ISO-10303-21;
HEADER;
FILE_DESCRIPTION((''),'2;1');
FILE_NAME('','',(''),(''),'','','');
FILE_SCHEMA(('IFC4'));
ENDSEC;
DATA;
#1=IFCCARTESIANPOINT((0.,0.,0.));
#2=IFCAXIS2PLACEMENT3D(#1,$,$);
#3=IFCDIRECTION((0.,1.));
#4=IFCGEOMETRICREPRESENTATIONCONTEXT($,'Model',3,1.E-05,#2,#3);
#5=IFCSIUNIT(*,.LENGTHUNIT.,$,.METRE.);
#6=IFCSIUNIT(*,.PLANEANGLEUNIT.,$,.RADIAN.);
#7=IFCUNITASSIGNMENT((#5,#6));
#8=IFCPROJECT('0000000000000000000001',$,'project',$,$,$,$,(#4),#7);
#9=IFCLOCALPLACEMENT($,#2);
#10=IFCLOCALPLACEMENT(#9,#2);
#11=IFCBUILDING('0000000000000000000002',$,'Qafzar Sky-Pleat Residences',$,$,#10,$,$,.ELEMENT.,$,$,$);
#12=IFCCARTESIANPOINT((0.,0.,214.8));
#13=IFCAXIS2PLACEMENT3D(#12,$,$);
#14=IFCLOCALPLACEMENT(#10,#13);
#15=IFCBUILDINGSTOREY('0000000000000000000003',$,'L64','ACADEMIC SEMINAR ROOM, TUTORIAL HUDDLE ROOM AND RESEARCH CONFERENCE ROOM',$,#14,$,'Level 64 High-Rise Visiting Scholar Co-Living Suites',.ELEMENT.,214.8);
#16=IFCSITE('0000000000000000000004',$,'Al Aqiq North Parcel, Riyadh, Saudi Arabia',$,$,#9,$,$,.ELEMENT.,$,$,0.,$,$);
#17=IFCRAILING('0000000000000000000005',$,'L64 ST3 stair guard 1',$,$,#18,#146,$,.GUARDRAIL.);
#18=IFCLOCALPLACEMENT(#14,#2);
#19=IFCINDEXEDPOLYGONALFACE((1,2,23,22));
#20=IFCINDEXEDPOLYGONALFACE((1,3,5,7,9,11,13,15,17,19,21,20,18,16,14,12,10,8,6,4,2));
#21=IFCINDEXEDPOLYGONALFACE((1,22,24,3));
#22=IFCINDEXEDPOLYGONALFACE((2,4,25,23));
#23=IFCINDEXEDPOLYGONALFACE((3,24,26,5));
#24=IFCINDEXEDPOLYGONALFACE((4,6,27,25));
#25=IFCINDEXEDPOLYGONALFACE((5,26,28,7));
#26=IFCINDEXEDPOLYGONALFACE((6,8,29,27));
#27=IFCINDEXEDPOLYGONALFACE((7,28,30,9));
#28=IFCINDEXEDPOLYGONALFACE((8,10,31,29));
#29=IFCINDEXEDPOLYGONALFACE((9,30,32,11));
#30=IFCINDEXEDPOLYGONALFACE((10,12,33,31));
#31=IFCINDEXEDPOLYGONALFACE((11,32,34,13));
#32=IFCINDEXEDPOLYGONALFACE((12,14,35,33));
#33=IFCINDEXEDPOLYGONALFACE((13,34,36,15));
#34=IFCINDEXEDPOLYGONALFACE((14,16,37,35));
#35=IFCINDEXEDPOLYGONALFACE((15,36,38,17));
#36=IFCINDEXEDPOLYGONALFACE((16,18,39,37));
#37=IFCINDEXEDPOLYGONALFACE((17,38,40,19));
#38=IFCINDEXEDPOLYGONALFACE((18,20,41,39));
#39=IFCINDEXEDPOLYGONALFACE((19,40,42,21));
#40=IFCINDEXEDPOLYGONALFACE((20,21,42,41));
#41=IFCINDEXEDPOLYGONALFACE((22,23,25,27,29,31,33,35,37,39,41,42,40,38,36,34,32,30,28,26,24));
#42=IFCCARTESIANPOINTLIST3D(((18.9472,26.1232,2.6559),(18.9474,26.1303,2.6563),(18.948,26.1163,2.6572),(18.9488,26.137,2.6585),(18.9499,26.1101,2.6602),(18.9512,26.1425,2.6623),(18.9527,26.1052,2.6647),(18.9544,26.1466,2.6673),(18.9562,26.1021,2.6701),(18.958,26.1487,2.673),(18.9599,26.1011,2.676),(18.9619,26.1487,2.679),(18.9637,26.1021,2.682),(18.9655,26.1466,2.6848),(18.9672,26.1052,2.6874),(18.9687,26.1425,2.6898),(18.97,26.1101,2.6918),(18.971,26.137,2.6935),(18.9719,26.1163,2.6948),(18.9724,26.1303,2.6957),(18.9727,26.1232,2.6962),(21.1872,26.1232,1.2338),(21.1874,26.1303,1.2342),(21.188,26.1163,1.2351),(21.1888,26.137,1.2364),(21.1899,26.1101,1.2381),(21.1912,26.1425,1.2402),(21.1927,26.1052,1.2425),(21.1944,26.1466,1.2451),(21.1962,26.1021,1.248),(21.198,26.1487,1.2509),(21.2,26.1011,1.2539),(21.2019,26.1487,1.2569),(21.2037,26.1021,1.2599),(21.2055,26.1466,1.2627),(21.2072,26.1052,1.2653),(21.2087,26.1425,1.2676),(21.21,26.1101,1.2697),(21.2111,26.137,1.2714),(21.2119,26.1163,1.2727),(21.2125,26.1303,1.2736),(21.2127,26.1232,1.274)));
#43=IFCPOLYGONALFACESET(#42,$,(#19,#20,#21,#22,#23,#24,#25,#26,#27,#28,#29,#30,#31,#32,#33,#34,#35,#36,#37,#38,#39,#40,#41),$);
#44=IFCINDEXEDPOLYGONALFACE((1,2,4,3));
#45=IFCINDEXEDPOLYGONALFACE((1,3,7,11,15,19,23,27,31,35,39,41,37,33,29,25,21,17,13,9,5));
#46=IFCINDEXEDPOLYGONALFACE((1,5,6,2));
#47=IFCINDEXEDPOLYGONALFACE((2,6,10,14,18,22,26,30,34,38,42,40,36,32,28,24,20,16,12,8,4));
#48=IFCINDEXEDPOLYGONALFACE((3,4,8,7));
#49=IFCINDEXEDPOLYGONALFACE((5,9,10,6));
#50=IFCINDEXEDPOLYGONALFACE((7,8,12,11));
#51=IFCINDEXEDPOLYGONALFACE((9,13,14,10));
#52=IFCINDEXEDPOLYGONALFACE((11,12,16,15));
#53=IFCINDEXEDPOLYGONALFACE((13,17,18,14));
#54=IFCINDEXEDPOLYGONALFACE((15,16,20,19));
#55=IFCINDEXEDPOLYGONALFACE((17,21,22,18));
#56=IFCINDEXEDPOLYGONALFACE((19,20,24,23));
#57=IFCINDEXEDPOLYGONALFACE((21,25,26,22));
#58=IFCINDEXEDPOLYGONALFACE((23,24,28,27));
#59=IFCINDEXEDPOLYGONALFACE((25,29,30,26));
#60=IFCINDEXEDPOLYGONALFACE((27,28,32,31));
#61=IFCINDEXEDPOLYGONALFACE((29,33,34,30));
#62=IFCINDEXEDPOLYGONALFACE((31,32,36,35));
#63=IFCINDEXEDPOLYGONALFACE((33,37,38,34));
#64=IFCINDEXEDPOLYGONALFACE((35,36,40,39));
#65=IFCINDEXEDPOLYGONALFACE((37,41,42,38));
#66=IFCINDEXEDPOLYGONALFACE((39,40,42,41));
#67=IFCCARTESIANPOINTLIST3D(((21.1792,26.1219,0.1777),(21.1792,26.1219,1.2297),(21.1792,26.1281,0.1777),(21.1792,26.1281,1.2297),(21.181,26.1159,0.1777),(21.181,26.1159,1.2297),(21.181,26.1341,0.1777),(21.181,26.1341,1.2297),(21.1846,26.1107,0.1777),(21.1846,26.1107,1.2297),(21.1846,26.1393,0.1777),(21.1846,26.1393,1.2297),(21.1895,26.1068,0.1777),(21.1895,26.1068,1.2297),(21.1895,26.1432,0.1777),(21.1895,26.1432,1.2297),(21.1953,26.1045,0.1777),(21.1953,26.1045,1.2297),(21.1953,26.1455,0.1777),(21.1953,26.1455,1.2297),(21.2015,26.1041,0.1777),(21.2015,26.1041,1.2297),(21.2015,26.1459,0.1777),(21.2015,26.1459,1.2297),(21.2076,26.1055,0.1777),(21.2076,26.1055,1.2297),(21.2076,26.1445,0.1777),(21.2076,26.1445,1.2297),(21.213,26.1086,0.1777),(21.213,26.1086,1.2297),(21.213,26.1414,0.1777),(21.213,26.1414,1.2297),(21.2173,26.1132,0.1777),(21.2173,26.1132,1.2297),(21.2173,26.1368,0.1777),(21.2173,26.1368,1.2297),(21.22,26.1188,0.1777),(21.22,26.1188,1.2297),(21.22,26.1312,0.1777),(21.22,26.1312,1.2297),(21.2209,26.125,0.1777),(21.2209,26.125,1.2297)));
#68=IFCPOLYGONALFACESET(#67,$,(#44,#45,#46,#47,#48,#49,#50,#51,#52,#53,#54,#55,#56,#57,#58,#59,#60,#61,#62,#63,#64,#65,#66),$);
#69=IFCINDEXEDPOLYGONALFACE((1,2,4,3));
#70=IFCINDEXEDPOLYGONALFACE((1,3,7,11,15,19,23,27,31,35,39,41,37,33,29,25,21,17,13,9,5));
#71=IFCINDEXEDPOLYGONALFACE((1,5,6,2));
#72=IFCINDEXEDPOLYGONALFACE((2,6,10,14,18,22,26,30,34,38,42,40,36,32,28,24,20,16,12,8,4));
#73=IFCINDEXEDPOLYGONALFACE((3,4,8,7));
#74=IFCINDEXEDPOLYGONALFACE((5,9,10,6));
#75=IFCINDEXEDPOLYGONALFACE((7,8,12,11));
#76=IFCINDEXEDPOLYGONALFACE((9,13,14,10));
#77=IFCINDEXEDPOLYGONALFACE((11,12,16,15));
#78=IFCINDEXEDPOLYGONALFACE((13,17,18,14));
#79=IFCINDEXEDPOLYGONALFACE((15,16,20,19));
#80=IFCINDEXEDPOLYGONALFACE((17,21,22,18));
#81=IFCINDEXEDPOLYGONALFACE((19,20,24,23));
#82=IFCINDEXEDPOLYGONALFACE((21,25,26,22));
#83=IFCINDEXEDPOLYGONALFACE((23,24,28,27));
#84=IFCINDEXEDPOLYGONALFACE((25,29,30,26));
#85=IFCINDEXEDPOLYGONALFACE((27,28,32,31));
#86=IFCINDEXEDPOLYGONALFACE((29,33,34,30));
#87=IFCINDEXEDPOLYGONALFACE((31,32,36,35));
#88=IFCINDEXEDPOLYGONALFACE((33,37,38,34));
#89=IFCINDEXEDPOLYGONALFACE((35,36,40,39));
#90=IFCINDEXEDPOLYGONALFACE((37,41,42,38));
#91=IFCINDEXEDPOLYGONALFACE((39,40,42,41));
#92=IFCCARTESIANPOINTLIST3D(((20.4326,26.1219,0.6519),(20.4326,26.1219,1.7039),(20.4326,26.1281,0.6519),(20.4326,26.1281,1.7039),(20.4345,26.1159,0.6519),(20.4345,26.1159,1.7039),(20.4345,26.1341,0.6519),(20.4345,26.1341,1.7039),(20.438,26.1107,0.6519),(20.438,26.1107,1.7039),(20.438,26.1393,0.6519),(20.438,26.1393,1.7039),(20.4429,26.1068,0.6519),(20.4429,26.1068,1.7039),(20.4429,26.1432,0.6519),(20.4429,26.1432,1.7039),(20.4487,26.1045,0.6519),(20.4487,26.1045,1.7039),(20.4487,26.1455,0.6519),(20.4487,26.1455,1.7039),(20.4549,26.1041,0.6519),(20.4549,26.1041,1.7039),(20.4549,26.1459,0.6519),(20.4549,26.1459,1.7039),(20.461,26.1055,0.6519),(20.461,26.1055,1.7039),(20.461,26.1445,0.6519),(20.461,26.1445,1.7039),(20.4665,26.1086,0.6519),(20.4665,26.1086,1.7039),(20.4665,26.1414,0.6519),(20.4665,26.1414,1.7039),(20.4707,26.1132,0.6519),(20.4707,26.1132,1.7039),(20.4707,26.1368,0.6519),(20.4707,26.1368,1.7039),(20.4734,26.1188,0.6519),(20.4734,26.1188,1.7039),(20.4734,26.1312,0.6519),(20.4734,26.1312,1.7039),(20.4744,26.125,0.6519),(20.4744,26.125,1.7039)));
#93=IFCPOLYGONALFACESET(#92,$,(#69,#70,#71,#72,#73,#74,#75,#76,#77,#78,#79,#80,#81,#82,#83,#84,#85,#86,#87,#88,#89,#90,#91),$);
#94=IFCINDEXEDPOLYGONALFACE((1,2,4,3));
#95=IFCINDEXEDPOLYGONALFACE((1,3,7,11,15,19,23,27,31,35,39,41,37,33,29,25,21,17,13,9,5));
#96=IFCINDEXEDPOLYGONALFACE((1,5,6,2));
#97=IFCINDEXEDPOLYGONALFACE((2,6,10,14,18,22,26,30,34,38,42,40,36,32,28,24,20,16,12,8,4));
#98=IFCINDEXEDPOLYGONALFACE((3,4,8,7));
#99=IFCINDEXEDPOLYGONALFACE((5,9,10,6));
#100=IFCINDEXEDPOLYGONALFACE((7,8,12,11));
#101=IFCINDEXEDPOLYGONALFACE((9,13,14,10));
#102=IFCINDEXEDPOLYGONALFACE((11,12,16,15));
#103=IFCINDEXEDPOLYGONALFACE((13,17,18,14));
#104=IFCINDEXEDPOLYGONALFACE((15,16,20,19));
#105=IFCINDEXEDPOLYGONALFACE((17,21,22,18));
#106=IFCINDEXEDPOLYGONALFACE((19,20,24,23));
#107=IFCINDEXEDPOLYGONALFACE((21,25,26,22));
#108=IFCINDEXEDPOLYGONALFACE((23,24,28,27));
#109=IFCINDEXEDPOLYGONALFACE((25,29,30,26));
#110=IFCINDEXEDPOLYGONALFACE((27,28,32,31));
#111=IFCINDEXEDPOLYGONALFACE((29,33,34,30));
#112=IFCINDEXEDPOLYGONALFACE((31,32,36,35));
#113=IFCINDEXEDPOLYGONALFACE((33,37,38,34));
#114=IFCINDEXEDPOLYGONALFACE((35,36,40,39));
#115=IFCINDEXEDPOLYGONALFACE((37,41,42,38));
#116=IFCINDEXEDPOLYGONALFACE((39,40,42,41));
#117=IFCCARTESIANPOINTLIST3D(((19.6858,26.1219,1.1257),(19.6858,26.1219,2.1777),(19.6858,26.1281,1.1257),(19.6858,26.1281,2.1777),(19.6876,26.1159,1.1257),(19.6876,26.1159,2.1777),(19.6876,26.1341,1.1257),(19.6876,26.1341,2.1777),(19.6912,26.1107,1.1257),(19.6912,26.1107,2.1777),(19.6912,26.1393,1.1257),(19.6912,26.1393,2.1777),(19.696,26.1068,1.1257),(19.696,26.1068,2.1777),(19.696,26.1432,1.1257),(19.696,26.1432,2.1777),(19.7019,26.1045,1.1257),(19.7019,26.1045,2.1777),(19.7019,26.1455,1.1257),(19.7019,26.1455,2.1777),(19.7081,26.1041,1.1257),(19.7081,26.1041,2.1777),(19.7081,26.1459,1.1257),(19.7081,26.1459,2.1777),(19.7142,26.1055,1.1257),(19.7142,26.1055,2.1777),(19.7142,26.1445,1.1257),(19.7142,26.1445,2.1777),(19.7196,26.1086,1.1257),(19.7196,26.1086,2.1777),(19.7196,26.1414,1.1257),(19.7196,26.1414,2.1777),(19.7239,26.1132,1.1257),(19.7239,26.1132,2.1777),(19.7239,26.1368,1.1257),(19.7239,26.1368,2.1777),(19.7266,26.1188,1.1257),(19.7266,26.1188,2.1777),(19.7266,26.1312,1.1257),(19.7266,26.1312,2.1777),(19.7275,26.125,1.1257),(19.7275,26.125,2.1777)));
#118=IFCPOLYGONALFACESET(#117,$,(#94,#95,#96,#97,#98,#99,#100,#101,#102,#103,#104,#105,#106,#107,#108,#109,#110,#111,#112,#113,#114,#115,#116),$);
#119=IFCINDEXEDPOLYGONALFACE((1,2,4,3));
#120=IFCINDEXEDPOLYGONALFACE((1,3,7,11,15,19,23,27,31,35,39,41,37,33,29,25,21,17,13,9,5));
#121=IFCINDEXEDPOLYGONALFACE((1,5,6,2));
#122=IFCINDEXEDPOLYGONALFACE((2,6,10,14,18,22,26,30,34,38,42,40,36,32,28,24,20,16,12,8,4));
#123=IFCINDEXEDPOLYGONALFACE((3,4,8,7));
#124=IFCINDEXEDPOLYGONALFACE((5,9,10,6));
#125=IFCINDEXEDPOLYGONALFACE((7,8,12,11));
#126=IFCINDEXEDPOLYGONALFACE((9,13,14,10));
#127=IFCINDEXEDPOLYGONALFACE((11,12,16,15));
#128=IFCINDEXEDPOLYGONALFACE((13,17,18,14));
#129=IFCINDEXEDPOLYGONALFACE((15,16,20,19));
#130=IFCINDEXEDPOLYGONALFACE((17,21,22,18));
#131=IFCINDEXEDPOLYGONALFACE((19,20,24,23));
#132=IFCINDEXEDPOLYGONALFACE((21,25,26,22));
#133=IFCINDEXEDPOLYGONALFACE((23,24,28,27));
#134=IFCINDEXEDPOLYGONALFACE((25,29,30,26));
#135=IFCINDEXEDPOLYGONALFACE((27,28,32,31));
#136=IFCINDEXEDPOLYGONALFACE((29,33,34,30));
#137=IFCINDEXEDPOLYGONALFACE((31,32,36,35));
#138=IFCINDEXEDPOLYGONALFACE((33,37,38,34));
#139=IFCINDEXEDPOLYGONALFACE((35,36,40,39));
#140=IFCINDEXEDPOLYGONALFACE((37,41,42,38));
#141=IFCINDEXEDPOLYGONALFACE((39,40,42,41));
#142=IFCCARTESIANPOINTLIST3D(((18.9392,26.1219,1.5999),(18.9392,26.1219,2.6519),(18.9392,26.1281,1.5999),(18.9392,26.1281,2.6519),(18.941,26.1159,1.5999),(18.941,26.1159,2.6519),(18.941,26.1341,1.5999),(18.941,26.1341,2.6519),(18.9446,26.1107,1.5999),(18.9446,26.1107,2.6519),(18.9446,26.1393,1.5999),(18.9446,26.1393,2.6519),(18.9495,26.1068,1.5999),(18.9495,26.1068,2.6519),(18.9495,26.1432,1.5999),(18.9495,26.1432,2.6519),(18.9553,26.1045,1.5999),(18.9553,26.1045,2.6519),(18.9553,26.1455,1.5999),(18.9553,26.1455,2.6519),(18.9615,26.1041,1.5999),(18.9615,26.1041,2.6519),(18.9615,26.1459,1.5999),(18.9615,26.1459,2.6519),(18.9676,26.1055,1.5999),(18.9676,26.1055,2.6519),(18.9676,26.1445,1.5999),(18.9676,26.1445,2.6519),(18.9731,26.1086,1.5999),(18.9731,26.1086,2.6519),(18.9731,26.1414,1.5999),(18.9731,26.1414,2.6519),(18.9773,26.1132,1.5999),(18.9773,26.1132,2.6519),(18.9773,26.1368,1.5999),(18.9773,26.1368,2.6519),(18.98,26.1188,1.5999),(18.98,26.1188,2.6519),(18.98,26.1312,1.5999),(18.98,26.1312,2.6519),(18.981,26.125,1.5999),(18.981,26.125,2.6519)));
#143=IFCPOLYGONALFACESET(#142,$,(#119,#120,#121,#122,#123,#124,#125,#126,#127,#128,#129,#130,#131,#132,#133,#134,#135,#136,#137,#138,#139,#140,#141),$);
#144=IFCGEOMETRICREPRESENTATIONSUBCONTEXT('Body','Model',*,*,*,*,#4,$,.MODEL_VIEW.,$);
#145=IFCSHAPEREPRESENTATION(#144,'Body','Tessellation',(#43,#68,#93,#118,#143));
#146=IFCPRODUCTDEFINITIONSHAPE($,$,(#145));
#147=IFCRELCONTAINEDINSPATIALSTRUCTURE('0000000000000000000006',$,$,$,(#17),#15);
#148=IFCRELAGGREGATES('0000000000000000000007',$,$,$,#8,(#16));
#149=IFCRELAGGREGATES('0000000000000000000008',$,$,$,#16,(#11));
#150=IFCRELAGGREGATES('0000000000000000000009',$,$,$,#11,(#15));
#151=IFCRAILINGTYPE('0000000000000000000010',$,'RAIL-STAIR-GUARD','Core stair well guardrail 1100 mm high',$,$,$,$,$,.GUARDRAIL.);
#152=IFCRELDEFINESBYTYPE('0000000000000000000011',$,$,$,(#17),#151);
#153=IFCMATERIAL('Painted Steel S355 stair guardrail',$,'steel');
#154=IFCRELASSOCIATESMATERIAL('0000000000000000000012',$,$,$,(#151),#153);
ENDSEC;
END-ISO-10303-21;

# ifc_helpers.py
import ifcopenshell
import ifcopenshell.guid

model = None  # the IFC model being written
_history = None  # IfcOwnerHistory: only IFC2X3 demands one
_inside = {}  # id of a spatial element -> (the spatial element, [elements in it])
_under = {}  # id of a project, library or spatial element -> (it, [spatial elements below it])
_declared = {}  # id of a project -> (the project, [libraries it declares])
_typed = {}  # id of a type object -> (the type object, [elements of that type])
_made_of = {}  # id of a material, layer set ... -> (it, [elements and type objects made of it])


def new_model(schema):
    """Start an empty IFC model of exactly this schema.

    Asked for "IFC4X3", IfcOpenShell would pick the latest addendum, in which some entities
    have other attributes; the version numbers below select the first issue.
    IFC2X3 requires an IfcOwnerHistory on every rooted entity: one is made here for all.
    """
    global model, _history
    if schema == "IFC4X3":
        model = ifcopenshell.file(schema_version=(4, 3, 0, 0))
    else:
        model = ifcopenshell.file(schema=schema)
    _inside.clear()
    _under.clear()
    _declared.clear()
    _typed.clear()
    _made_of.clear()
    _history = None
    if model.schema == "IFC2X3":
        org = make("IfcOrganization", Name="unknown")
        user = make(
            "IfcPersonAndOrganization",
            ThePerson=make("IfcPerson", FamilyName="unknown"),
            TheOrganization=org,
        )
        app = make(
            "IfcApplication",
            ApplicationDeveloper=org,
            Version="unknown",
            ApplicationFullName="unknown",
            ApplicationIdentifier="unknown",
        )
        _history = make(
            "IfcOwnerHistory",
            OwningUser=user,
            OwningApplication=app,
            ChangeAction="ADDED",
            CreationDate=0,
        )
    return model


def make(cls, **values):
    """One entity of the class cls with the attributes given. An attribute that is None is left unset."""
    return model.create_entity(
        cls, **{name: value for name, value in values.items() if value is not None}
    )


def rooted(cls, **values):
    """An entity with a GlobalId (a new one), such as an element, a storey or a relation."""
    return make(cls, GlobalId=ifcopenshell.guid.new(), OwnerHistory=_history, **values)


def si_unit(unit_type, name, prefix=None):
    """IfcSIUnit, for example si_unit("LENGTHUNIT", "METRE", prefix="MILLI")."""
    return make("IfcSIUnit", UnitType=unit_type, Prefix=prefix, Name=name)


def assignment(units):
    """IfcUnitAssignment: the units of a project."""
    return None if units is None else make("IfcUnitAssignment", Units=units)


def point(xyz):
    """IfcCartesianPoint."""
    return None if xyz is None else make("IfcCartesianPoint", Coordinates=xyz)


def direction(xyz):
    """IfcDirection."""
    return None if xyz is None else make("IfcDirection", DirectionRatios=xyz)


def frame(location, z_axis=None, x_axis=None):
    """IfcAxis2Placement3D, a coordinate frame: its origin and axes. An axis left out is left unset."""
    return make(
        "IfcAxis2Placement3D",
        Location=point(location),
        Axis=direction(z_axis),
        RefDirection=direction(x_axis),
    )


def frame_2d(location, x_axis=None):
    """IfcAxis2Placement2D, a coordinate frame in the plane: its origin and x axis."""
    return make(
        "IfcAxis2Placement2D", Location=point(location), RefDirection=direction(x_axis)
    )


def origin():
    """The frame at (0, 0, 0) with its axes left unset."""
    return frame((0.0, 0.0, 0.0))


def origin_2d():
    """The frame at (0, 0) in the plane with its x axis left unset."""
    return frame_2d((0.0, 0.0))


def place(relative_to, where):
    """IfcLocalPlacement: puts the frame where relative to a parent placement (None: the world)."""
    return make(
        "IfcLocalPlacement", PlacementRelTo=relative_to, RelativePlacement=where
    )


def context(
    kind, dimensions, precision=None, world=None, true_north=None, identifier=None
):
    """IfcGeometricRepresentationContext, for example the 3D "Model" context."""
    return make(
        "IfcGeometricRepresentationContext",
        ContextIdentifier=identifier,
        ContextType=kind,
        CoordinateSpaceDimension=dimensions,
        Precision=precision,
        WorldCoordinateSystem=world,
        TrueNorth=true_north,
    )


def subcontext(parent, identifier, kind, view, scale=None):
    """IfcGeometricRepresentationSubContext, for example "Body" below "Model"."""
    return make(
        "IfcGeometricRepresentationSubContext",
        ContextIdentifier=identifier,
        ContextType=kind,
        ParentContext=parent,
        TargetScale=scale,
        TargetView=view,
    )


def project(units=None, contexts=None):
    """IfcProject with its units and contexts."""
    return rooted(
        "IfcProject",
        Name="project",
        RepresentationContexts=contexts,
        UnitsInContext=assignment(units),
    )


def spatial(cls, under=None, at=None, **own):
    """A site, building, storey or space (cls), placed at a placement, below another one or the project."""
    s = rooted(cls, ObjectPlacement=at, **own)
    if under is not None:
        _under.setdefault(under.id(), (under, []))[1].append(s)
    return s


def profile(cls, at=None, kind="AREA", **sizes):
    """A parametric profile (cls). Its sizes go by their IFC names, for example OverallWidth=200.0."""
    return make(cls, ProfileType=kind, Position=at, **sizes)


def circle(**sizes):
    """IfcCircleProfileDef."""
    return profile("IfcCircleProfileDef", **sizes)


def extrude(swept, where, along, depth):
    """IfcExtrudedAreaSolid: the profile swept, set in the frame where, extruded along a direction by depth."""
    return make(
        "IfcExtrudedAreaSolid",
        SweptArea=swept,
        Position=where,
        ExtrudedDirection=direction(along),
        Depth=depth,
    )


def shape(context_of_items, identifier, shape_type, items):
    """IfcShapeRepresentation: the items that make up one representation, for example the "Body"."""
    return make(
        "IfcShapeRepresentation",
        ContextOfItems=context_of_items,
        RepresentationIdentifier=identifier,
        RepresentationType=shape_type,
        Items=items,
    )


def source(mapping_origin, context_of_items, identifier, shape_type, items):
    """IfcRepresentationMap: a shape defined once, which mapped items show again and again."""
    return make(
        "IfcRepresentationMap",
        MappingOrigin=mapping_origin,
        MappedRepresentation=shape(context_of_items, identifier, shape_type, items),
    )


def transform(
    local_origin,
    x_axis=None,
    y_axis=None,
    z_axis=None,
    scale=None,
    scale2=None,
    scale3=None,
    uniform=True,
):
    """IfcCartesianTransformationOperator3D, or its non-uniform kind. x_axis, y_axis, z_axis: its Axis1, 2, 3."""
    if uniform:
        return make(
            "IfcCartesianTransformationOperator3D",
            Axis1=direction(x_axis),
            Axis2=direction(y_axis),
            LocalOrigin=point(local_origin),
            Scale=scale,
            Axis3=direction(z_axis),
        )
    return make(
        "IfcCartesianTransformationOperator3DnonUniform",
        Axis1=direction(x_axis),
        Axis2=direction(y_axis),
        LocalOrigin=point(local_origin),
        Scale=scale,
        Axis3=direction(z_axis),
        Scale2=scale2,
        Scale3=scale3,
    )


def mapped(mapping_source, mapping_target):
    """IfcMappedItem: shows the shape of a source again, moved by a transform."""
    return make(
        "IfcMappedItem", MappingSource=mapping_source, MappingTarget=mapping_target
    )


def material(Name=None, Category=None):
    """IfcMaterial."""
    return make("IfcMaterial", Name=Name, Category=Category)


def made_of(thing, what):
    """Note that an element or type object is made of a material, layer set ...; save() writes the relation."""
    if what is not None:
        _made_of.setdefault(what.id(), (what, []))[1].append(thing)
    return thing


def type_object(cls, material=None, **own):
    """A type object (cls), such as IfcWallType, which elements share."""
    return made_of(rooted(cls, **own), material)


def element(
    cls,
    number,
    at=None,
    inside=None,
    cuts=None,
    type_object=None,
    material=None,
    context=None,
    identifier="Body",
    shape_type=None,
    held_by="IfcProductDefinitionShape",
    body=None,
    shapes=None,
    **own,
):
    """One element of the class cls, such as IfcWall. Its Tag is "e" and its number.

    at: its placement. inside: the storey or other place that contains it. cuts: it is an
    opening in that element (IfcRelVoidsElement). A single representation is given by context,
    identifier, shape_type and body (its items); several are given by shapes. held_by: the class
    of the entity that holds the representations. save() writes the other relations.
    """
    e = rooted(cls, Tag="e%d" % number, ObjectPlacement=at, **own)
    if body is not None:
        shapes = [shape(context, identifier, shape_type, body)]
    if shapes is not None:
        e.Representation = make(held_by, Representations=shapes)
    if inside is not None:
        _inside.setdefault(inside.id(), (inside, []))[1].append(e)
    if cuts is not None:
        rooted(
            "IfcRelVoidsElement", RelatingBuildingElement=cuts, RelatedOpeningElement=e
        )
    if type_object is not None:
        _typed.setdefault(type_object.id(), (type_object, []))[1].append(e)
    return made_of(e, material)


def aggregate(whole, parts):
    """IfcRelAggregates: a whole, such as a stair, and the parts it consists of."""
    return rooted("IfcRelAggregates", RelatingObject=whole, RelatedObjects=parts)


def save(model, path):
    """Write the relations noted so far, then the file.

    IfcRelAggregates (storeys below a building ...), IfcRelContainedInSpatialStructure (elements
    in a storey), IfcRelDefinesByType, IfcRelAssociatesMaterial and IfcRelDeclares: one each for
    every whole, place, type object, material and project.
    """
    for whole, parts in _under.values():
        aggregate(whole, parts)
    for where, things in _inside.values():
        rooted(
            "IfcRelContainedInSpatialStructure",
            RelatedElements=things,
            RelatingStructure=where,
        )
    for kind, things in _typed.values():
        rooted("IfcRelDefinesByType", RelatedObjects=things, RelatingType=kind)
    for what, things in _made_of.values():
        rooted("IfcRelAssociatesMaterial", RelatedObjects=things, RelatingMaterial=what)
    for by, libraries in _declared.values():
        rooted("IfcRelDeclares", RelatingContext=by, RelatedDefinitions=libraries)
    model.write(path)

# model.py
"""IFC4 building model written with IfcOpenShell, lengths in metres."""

from ifc_helpers import new_model, si_unit, direction, frame, origin, origin_2d, place, context, subcontext, project, spatial, circle, extrude, source, transform, mapped, material, type_object, element, save


model = new_model("IFC4")

# Units and contexts
model_context = context("Model", 3, precision=1e-05, world=origin(), true_north=direction((0.0, 1.0)))
body_context = subcontext(model_context, "Body", "Model", "MODEL_VIEW")
ifc_project = project(units=[si_unit("LENGTHUNIT", "METRE"), si_unit("PLANEANGLEUNIT", "RADIAN")], contexts=[model_context])

# Site, building, storey
site_placement = place(None, origin())
site = spatial("IfcSite", under=ifc_project, at=site_placement, Name="Al Aqiq North Parcel, Riyadh, Saudi Arabia", CompositionType="ELEMENT", RefElevation=0.0)
building_placement = place(site_placement, origin())
building = spatial("IfcBuilding", under=site, at=building_placement, Name="Qafzar Sky-Pleat Residences", CompositionType="ELEMENT")
storey_placement = place(building_placement, frame((0.0, 0.0, 214.8)))
storey = spatial("IfcBuildingStorey", under=building, at=storey_placement, Name="L64", Description="ACADEMIC SEMINAR ROOM, TUTORIAL HUDDLE ROOM AND RESEARCH CONFERENCE ROOM", LongName="Level 64 High-Rise Visiting Scholar Co-Living Suites", CompositionType="ELEMENT", Elevation=214.8)

# Railing
ifc_material_1 = material(Name="Painted Steel S355 stair guardrail", Category="steel")
railing_type_1 = type_object("IfcRailingType", Name="RAIL-STAIR-GUARD", Description="Core stair well guardrail 1100 mm high", PredefinedType="GUARDRAIL", material=ifc_material_1)
shared_shape_1 = source(origin(), body_context, "Body", "SweptSolid", [
    extrude(circle(Radius=0.0239, at=origin_2d()), frame((0.0, 0.0, 1.0762), z_axis=(-0.844229, 0.0, 0.535982), x_axis=(0.0, -1.0, 0.0)), (0.0, 0.0, 1.0), 2.6533),
    extrude(circle(Radius=0.021, at=origin_2d()), origin(), (0.0, 0.0, 1.0), 1.052),
    extrude(circle(Radius=0.021, at=origin_2d()), frame((-0.7466, 0.0, 0.4741)), (0.0, 0.0, 1.0), 1.052),
    extrude(circle(Radius=0.021, at=origin_2d()), frame((-1.4934, 0.0, 0.948)), (0.0, 0.0, 1.0), 1.052),
    extrude(circle(Radius=0.021, at=origin_2d()), frame((-2.24, 0.0, 1.4221)), (0.0, 0.0, 1.0), 1.052),
])
railing_1_placement = place(storey_placement, frame((21.2, 26.125, 0.1777)))
element("IfcRailing", 1, at=railing_1_placement, inside=storey, type_object=railing_type_1, Name="L64 ST3 stair guard 1", PredefinedType="GUARDRAIL", context=body_context, shape_type="MappedRepresentation", body=[
    mapped(shared_shape_1, transform((0.0, 0.0, 0.0), x_axis=(1.0, 0.0, 0.0), y_axis=(0.0, 1.0, 0.0), z_axis=(0.0, 0.0, 1.0), scale=1.0)),
])

save(model, "model.ifc")
